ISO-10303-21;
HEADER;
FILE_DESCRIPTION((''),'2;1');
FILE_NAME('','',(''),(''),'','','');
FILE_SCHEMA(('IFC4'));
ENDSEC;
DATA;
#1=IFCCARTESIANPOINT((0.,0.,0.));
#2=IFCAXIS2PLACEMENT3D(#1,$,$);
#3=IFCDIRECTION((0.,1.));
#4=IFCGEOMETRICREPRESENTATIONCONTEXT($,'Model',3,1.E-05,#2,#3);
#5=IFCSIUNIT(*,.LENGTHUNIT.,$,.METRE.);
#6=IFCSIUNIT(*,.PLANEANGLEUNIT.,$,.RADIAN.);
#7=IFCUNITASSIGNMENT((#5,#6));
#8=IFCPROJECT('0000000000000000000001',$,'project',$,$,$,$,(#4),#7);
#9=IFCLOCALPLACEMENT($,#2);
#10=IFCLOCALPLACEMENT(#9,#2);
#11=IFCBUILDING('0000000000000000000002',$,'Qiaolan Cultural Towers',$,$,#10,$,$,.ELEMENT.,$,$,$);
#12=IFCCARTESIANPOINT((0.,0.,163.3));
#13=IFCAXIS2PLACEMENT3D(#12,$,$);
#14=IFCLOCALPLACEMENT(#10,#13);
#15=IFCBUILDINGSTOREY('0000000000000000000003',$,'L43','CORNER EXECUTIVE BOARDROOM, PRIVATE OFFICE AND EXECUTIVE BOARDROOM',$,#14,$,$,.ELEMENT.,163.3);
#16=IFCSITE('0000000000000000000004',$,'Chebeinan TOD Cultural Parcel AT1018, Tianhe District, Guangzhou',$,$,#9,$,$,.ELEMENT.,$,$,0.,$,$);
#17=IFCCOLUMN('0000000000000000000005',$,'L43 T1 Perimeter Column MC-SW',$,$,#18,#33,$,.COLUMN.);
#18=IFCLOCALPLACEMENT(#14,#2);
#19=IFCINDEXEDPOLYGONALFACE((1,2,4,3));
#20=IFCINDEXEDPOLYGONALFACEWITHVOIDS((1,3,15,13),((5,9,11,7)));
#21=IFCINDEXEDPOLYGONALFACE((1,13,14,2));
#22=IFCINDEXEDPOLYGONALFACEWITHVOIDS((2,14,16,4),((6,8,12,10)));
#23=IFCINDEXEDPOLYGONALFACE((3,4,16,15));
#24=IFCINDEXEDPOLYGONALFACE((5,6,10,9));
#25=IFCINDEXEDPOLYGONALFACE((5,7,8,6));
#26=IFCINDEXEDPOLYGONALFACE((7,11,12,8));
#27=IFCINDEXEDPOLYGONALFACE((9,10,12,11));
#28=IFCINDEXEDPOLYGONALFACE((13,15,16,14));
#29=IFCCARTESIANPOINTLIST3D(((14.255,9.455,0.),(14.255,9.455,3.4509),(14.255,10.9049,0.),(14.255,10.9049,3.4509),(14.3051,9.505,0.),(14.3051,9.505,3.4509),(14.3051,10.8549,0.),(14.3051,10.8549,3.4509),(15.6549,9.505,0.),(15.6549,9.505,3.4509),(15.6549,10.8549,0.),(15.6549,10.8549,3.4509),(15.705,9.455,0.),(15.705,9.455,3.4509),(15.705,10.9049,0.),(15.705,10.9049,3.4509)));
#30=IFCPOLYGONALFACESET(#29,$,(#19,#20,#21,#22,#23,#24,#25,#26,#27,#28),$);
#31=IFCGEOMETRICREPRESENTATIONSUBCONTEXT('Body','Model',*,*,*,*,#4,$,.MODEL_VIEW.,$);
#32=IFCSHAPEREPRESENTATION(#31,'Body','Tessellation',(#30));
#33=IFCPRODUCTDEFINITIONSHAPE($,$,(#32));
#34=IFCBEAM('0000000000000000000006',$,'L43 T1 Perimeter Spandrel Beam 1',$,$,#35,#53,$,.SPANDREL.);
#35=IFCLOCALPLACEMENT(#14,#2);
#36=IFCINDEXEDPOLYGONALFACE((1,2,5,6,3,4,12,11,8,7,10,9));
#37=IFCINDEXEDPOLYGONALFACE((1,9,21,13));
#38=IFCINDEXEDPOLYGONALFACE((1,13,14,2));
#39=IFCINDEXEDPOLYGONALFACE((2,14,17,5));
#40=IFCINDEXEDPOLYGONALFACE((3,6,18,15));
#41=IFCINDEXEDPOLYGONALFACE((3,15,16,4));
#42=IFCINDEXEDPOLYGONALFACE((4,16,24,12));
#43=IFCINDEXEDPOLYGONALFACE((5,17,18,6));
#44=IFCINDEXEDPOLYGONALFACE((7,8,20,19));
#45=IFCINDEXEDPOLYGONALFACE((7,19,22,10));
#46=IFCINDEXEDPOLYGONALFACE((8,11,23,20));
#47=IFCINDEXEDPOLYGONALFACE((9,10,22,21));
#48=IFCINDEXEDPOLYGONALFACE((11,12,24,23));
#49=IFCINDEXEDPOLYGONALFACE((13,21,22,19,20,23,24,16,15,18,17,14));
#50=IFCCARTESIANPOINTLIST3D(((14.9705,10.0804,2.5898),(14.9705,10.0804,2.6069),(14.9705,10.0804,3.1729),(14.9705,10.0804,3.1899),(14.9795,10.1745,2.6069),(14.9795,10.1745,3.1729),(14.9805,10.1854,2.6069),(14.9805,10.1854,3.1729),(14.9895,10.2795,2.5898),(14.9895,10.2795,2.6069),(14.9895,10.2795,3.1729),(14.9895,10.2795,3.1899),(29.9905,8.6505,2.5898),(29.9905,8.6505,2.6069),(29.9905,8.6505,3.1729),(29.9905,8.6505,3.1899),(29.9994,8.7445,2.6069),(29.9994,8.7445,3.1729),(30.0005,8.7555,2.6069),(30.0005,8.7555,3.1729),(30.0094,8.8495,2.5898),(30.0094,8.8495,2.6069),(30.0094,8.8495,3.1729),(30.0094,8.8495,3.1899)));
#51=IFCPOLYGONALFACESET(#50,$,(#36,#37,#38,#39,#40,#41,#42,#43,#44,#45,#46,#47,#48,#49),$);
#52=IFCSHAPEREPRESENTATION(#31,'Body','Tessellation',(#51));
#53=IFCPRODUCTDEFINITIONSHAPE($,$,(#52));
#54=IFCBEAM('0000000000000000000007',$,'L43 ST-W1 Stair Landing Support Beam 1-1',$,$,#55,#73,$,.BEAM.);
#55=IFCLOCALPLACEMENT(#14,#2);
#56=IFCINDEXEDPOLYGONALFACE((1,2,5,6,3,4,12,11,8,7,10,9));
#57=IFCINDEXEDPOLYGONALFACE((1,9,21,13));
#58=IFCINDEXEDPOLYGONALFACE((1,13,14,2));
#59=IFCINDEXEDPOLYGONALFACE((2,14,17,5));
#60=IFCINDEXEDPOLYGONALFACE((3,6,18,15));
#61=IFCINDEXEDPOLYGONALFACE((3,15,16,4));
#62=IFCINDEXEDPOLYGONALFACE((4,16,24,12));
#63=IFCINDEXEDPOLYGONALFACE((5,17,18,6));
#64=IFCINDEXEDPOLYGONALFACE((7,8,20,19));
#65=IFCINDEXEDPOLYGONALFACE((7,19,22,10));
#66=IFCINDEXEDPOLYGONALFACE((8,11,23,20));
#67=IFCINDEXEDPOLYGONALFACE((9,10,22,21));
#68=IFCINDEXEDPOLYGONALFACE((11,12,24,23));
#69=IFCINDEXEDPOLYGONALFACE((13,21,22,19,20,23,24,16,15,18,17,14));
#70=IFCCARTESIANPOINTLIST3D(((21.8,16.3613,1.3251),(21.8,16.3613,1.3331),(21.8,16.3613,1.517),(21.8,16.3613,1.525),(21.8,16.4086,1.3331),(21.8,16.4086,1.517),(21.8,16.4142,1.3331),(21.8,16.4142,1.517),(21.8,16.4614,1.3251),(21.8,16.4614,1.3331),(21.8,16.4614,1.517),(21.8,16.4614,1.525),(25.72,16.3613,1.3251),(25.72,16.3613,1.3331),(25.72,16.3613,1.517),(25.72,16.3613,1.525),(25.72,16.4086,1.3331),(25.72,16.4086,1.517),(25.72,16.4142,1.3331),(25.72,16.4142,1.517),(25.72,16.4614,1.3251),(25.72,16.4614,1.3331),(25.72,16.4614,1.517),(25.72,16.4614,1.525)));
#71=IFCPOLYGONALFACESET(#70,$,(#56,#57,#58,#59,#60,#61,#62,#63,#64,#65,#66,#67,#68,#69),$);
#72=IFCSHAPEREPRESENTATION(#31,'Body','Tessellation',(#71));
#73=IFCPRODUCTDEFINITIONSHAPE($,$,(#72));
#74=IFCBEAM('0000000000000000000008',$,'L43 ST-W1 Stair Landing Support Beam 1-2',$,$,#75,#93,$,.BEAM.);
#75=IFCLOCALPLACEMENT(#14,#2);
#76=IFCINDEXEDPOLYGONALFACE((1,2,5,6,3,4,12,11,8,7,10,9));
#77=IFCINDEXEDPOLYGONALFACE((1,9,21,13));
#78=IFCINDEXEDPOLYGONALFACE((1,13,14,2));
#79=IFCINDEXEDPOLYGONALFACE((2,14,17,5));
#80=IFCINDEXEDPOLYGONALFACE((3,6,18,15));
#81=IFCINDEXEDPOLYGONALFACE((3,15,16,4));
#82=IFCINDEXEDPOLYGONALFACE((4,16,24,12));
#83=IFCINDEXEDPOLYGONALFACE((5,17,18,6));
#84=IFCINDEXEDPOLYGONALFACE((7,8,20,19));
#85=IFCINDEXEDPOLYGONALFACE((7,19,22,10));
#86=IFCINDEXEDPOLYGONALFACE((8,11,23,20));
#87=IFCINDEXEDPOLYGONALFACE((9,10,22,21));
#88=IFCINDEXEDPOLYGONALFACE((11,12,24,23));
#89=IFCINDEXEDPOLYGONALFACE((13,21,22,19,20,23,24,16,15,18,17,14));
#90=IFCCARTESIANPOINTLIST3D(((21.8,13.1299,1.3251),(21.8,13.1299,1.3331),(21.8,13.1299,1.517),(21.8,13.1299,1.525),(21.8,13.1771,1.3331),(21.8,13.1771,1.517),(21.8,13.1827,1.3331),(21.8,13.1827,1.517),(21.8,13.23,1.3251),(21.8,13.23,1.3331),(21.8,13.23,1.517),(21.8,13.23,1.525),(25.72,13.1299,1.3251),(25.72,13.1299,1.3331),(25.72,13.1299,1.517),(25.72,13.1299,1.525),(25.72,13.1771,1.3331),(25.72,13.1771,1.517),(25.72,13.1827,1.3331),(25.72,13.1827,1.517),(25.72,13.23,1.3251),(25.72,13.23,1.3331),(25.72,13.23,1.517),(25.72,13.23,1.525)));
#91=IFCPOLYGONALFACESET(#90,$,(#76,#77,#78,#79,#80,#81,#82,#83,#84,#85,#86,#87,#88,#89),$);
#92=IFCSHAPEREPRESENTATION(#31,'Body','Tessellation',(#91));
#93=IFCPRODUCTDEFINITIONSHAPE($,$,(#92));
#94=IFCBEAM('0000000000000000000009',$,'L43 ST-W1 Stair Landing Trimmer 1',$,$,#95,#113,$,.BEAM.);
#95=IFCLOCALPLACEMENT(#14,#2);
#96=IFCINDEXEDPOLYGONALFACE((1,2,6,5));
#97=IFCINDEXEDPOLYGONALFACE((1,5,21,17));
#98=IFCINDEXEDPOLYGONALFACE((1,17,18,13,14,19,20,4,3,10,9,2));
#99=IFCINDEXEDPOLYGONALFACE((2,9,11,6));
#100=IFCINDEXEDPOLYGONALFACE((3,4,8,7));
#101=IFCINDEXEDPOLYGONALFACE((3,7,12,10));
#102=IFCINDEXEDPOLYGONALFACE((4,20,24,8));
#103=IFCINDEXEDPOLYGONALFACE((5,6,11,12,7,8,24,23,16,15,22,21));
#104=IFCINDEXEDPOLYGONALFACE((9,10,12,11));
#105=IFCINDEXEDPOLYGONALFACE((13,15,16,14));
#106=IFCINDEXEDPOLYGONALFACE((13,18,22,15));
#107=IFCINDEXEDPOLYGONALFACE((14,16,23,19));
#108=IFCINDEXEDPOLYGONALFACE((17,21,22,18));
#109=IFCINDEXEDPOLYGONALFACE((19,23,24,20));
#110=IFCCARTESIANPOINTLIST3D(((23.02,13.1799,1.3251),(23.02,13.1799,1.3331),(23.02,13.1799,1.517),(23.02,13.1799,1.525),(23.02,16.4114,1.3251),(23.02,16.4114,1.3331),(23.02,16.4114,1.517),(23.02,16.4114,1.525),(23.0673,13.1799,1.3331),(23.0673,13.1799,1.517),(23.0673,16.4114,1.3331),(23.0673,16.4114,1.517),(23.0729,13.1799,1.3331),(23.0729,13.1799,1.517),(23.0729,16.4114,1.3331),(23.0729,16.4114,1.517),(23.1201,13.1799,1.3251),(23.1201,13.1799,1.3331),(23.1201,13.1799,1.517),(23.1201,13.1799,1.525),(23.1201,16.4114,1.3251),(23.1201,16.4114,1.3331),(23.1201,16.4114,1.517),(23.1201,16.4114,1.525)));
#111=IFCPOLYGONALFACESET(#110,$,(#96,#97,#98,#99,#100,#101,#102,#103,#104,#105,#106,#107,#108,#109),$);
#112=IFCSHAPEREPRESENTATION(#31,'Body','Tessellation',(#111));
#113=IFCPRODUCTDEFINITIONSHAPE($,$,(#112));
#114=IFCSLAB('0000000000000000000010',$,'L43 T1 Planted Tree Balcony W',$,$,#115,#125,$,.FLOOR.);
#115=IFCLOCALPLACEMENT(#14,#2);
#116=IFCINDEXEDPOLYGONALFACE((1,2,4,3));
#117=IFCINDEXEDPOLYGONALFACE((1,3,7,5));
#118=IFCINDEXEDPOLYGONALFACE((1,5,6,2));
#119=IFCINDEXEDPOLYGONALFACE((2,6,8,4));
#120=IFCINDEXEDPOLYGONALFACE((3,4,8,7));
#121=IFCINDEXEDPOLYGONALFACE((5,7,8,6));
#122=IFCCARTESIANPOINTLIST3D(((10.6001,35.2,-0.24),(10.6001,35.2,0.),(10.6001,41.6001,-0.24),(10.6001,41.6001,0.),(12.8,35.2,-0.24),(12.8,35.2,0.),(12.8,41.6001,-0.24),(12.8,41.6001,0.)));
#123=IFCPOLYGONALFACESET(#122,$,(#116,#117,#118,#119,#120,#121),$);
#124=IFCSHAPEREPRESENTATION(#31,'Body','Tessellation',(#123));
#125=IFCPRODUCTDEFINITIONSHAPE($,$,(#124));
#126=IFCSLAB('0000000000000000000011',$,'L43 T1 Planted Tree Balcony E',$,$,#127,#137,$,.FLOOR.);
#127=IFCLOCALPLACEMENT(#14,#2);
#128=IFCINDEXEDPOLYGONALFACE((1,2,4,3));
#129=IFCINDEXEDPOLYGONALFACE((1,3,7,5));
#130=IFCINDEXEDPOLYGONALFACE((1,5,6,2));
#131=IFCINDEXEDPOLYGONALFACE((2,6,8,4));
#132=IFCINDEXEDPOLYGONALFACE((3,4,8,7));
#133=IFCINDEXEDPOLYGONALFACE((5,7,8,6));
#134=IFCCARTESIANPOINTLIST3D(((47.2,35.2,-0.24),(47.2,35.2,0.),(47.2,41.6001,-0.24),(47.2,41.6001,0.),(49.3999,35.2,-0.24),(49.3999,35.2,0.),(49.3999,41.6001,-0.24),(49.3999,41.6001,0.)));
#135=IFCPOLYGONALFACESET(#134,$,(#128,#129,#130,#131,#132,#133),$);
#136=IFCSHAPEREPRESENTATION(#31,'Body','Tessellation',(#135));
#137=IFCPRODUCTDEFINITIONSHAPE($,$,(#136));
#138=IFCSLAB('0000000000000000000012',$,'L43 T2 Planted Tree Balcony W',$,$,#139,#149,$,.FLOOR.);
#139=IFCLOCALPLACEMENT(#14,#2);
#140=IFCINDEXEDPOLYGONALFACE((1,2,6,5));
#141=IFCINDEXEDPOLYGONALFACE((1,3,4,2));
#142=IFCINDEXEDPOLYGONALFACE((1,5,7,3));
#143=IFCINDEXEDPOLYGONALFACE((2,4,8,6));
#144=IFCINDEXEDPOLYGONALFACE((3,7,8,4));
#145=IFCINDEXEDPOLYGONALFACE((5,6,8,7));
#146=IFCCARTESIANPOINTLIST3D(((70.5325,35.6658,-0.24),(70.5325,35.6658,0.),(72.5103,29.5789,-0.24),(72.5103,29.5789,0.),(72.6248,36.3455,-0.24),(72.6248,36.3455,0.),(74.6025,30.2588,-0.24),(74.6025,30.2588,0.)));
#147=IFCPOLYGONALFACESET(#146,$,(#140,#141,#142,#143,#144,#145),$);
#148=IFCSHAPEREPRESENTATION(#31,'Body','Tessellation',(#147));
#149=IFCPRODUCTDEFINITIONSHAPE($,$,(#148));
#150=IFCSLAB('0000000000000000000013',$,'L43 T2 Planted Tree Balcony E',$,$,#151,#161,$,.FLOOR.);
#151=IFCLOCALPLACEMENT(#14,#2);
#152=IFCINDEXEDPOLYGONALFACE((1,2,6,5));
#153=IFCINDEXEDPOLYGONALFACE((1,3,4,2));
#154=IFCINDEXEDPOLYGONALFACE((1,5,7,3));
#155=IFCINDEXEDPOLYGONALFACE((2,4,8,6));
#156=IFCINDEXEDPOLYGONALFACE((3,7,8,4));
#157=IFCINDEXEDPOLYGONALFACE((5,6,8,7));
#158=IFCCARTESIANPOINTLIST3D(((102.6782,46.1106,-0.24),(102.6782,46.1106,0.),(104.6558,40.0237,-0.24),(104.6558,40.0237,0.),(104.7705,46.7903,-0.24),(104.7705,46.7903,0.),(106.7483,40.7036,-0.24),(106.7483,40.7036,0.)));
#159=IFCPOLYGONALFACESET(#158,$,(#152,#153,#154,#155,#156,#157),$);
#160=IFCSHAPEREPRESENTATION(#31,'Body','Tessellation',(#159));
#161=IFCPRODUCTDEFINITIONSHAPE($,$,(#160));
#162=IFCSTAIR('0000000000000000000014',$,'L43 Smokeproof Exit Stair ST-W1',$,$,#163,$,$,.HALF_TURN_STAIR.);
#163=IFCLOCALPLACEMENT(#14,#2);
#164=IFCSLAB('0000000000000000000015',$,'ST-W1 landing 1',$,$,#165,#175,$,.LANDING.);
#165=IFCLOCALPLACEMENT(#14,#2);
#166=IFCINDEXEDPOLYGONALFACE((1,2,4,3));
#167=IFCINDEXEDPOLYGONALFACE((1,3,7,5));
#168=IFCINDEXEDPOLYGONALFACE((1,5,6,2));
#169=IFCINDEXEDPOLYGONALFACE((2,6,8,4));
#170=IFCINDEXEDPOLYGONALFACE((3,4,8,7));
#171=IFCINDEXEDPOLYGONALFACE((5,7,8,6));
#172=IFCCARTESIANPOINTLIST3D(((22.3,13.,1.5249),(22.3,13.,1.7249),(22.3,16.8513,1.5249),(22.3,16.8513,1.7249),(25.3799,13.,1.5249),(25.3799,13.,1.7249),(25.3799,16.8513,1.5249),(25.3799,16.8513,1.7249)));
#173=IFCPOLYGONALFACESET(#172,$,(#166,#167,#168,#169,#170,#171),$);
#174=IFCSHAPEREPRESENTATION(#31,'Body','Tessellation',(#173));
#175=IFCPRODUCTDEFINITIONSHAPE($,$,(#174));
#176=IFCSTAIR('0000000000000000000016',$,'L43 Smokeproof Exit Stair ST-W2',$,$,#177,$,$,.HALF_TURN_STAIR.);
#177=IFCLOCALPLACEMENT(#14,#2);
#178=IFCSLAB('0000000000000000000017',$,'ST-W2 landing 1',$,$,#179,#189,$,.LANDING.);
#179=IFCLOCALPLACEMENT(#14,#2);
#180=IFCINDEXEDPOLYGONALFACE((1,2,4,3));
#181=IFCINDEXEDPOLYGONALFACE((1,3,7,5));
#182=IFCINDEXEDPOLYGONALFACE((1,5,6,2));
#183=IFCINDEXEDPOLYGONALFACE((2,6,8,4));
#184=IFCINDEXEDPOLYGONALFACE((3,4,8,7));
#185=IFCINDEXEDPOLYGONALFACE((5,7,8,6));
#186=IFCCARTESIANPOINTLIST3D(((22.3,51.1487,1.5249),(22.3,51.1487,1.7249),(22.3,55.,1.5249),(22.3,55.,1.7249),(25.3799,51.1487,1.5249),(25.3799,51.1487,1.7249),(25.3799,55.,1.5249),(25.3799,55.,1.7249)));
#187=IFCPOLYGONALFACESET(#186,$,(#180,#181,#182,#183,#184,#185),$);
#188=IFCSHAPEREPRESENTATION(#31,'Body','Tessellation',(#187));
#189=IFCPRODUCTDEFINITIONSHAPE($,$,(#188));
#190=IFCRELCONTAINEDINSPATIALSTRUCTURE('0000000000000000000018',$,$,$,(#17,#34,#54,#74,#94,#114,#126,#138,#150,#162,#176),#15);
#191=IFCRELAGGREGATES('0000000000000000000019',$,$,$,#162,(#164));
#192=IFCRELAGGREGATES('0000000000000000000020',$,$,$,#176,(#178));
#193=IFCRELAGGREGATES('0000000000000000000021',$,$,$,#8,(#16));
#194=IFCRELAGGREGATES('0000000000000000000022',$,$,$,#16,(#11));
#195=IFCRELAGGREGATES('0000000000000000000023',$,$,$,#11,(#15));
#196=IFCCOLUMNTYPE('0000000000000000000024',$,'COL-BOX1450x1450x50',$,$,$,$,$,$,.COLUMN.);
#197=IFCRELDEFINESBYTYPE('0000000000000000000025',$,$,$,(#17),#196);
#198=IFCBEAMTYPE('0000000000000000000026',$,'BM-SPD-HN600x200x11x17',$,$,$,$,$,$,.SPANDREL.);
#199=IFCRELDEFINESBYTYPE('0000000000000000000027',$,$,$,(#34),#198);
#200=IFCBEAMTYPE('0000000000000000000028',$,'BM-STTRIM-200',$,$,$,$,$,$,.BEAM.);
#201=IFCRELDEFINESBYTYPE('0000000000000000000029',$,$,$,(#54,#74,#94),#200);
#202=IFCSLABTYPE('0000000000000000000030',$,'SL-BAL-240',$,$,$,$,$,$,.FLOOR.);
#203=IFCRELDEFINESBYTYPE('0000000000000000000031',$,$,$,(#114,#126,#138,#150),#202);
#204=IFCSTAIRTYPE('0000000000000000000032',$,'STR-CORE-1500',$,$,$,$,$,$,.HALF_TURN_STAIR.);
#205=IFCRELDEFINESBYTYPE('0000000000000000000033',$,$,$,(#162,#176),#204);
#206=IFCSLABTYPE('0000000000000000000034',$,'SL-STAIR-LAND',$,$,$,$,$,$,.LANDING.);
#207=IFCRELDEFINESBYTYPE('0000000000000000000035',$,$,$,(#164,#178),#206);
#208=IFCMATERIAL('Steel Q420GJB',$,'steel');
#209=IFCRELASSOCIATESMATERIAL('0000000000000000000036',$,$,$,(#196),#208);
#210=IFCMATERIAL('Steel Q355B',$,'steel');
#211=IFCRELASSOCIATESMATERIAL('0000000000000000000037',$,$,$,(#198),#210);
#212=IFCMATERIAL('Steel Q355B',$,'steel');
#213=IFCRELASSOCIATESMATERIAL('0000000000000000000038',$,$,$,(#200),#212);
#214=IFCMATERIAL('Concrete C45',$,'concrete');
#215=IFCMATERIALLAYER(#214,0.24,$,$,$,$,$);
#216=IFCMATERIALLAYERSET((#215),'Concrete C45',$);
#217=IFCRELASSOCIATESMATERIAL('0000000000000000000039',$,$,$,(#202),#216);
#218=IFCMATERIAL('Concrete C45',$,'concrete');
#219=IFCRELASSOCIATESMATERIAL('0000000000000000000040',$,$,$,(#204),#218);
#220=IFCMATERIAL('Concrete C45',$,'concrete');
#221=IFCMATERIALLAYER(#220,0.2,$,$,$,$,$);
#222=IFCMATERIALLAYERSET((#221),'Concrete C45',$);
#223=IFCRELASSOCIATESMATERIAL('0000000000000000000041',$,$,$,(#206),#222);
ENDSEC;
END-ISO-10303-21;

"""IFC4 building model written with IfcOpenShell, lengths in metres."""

from ifc_helpers import new_model, si_unit, direction, frame, origin, origin_2d, place, context, subcontext, project, spatial, polyline, hollow_rectangle, i_section, outline, extrude, material, layer, layer_set, material_profile, profile_set, type_object, element, aggregate, save


model = new_model("IFC4")

# Units and contexts
model_context = context("Model", 3, precision=1e-05, world=origin(), true_north=direction((0.0, 1.0)))
body_context = subcontext(model_context, "Body", "Model", "MODEL_VIEW")
ifc_project = project(units=[si_unit("LENGTHUNIT", "METRE"), si_unit("PLANEANGLEUNIT", "RADIAN")], contexts=[model_context])

# Site, building, storey
site_placement = place(None, origin())
site = spatial("IfcSite", under=ifc_project, at=site_placement, Name="Chebeinan TOD Cultural Parcel AT1018, Tianhe District, Guangzhou", CompositionType="ELEMENT", RefElevation=0.0)
building_placement = place(site_placement, origin())
building = spatial("IfcBuilding", under=site, at=building_placement, Name="Qiaolan Cultural Towers", CompositionType="ELEMENT")
storey_placement = place(building_placement, frame((0.0, 0.0, 163.3)))
storey = spatial("IfcBuildingStorey", under=building, at=storey_placement, Name="L43", Description="CORNER EXECUTIVE BOARDROOM, PRIVATE OFFICE AND EXECUTIVE BOARDROOM", CompositionType="ELEMENT", Elevation=163.3)

# Column
ifc_material_1 = material(Name="Steel Q420GJB", Category="steel")
ifc_material_profile_1 = material_profile(ifc_material_1, hollow_rectangle(XDim=1.45, YDim=1.45, WallThickness=0.05, at=origin_2d()), Name="BOX1450x1450x50")
ifc_profile_set_1 = profile_set([ifc_material_profile_1], Name="Steel Q420GJB")
column_type = type_object("IfcColumnType", Name="COL-BOX1450x1450x50", PredefinedType="COLUMN", material=ifc_profile_set_1)
column_placement = place(storey_placement, frame((14.98, 10.1799, 0.0), z_axis=(0.0, 0.0, 1.0), x_axis=(1.0, 0.0, 0.0)))
element("IfcColumn", 1, at=column_placement, inside=storey, type_object=column_type, Name="L43 T1 Perimeter Column MC-SW", PredefinedType="COLUMN", context=body_context, shape_type="SweptSolid", body=[
    extrude(hollow_rectangle(XDim=1.45, YDim=1.45, WallThickness=0.05, at=origin_2d()), origin(), (0.0, 0.0, 1.0), 3.4509),
])

# Beams
ifc_material_2 = material(Name="Steel Q355B", Category="steel")
ifc_material_profile_2 = material_profile(ifc_material_2, i_section(OverallWidth=0.2, OverallDepth=0.6001, WebThickness=0.011, FlangeThickness=0.0171, at=origin_2d()), Name="HN600x200x11x17")
ifc_profile_set_2 = profile_set([ifc_material_profile_2], Name="Steel Q355B")
beam_type_1 = type_object("IfcBeamType", Name="BM-SPD-HN600x200x11x17", PredefinedType="SPANDREL", material=ifc_profile_set_2)
beam_1_placement = place(storey_placement, frame((14.98, 10.1799, 2.8899), z_axis=(0.995499, -0.094773, 0.0), x_axis=(0.094773, 0.995499, 0.0)))
element("IfcBeam", 2, at=beam_1_placement, inside=storey, type_object=beam_type_1, Name="L43 T1 Perimeter Spandrel Beam 1", PredefinedType="SPANDREL", context=body_context, shape_type="SweptSolid", body=[
    extrude(i_section(OverallWidth=0.2, OverallDepth=0.6001, WebThickness=0.011, FlangeThickness=0.0171, at=origin_2d()), origin(), (0.0, 0.0, 1.0), 15.0879),
])
ifc_material_3 = material(Name="Steel Q355B", Category="steel")
ifc_material_profile_3 = material_profile(ifc_material_3, i_section(OverallWidth=0.1001, OverallDepth=0.2, WebThickness=0.0056, FlangeThickness=0.0081, at=origin_2d()), Name="HN200x100x5.5x8")
ifc_profile_set_3 = profile_set([ifc_material_profile_3], Name="Steel Q355B")
beam_type_2 = type_object("IfcBeamType", Name="BM-STTRIM-200", PredefinedType="BEAM", material=ifc_profile_set_3)
for number, where, z_axis, x_axis, name in (
    (3, (21.8, 16.4114, 1.425), (1.0, 0.0, 0.0), (0.0, 1.0, 0.0), "L43 ST-W1 Stair Landing Support Beam 1-1"),
    (4, (21.8, 13.1799, 1.425), (1.0, 0.0, 0.0), (0.0, 1.0, 0.0), "L43 ST-W1 Stair Landing Support Beam 1-2"),
):
    element("IfcBeam", number, at=place(storey_placement, frame(where, z_axis=z_axis, x_axis=x_axis)), inside=storey, type_object=beam_type_2, Name=name, PredefinedType="BEAM", context=body_context, shape_type="SweptSolid", body=[
        extrude(i_section(OverallWidth=0.1001, OverallDepth=0.2, WebThickness=0.0056, FlangeThickness=0.0081, at=origin_2d()), origin(), (0.0, 0.0, 1.0), 3.9199),
    ])
beam_2_placement = place(storey_placement, frame((23.0701, 16.4114, 1.425), z_axis=(0.0, -1.0, 0.0), x_axis=(1.0, 0.0, 0.0)))
element("IfcBeam", 5, at=beam_2_placement, inside=storey, type_object=beam_type_2, Name="L43 ST-W1 Stair Landing Trimmer 1", PredefinedType="BEAM", context=body_context, shape_type="SweptSolid", body=[
    extrude(i_section(OverallWidth=0.1001, OverallDepth=0.2, WebThickness=0.0056, FlangeThickness=0.0081, at=origin_2d()), origin(), (0.0, 0.0, 1.0), 3.2314),
])

# Slabs
ifc_material_4 = material(Name="Concrete C45", Category="concrete")
ifc_layer_1 = layer(ifc_material_4, 0.24)
ifc_layer_set_1 = layer_set([ifc_layer_1], Name="Concrete C45")
slab_type_1 = type_object("IfcSlabType", Name="SL-BAL-240", PredefinedType="FLOOR", material=ifc_layer_set_1)
slab_1_placement = place(storey_placement, frame((0.0, 0.0, -0.24)))
element("IfcSlab", 6, at=slab_1_placement, inside=storey, type_object=slab_type_1, Name="L43 T1 Planted Tree Balcony W", PredefinedType="FLOOR", context=body_context, shape_type="SweptSolid", body=[
    extrude(outline(polyline([(10.6001, 35.2), (12.8, 35.2), (12.8, 41.6001), (10.6001, 41.6001), (10.6001, 35.2)])), origin(), (0.0, 0.0, 1.0), 0.24),
])
slab_2_placement = place(storey_placement, frame((0.0, 0.0, -0.24)))
element("IfcSlab", 7, at=slab_2_placement, inside=storey, type_object=slab_type_1, Name="L43 T1 Planted Tree Balcony E", PredefinedType="FLOOR", context=body_context, shape_type="SweptSolid", body=[
    extrude(outline(polyline([(47.2, 35.2), (49.3999, 35.2), (49.3999, 41.6001), (47.2, 41.6001), (47.2, 35.2)])), origin(), (0.0, 0.0, 1.0), 0.24),
])
slab_3_placement = place(storey_placement, frame((0.0, 0.0, -0.24)))
element("IfcSlab", 8, at=slab_3_placement, inside=storey, type_object=slab_type_1, Name="L43 T2 Planted Tree Balcony W", PredefinedType="FLOOR", context=body_context, shape_type="SweptSolid", body=[
    extrude(outline(polyline([(72.5103, 29.5789), (74.6025, 30.2588), (72.6248, 36.3455), (70.5325, 35.6658), (72.5103, 29.5789)])), origin(), (0.0, 0.0, 1.0), 0.24),
])
slab_4_placement = place(storey_placement, frame((0.0, 0.0, -0.24)))
element("IfcSlab", 9, at=slab_4_placement, inside=storey, type_object=slab_type_1, Name="L43 T2 Planted Tree Balcony E", PredefinedType="FLOOR", context=body_context, shape_type="SweptSolid", body=[
    extrude(outline(polyline([(104.6558, 40.0237), (106.7483, 40.7036), (104.7705, 46.7903), (102.6782, 46.1106), (104.6558, 40.0237)])), origin(), (0.0, 0.0, 1.0), 0.24),
])

# Stairs, slabs
ifc_material_5 = material(Name="Concrete C45", Category="concrete")
stair_type = type_object("IfcStairType", Name="STR-CORE-1500", PredefinedType="HALF_TURN_STAIR", material=ifc_material_5)
stair_1_placement = place(storey_placement, origin())
stair_1 = element("IfcStair", 10, at=stair_1_placement, inside=storey, type_object=stair_type, Name="L43 Smokeproof Exit Stair ST-W1", PredefinedType="HALF_TURN_STAIR")
ifc_material_6 = material(Name="Concrete C45", Category="concrete")
ifc_layer_2 = layer(ifc_material_6, 0.2)
ifc_layer_set_2 = layer_set([ifc_layer_2], Name="Concrete C45")
slab_type_2 = type_object("IfcSlabType", Name="SL-STAIR-LAND", PredefinedType="LANDING", material=ifc_layer_set_2)
slab_5_placement = place(storey_placement, frame((0.0, 0.0, 1.5249)))
slab_5 = element("IfcSlab", 11, at=slab_5_placement, type_object=slab_type_2, Name="ST-W1 landing 1", PredefinedType="LANDING", context=body_context, shape_type="SweptSolid", body=[
    extrude(outline(polyline([(22.3, 16.8513), (22.3, 13.0), (25.3799, 13.0), (25.3799, 16.8513), (22.3, 16.8513)])), origin(), (0.0, 0.0, 1.0), 0.2),
])
aggregate(stair_1, [slab_5])
stair_2_placement = place(storey_placement, origin())
stair_2 = element("IfcStair", 12, at=stair_2_placement, inside=storey, type_object=stair_type, Name="L43 Smokeproof Exit Stair ST-W2", PredefinedType="HALF_TURN_STAIR")
slab_6_placement = place(storey_placement, frame((0.0, 0.0, 1.5249)))
slab_6 = element("IfcSlab", 13, at=slab_6_placement, type_object=slab_type_2, Name="ST-W2 landing 1", PredefinedType="LANDING", context=body_context, shape_type="SweptSolid", body=[
    extrude(outline(polyline([(25.3799, 51.1487), (25.3799, 55.0), (22.3, 55.0), (22.3, 51.1487), (25.3799, 51.1487)])), origin(), (0.0, 0.0, 1.0), 0.2),
])
aggregate(stair_2, [slab_6])

save(model, "model.ifc")
